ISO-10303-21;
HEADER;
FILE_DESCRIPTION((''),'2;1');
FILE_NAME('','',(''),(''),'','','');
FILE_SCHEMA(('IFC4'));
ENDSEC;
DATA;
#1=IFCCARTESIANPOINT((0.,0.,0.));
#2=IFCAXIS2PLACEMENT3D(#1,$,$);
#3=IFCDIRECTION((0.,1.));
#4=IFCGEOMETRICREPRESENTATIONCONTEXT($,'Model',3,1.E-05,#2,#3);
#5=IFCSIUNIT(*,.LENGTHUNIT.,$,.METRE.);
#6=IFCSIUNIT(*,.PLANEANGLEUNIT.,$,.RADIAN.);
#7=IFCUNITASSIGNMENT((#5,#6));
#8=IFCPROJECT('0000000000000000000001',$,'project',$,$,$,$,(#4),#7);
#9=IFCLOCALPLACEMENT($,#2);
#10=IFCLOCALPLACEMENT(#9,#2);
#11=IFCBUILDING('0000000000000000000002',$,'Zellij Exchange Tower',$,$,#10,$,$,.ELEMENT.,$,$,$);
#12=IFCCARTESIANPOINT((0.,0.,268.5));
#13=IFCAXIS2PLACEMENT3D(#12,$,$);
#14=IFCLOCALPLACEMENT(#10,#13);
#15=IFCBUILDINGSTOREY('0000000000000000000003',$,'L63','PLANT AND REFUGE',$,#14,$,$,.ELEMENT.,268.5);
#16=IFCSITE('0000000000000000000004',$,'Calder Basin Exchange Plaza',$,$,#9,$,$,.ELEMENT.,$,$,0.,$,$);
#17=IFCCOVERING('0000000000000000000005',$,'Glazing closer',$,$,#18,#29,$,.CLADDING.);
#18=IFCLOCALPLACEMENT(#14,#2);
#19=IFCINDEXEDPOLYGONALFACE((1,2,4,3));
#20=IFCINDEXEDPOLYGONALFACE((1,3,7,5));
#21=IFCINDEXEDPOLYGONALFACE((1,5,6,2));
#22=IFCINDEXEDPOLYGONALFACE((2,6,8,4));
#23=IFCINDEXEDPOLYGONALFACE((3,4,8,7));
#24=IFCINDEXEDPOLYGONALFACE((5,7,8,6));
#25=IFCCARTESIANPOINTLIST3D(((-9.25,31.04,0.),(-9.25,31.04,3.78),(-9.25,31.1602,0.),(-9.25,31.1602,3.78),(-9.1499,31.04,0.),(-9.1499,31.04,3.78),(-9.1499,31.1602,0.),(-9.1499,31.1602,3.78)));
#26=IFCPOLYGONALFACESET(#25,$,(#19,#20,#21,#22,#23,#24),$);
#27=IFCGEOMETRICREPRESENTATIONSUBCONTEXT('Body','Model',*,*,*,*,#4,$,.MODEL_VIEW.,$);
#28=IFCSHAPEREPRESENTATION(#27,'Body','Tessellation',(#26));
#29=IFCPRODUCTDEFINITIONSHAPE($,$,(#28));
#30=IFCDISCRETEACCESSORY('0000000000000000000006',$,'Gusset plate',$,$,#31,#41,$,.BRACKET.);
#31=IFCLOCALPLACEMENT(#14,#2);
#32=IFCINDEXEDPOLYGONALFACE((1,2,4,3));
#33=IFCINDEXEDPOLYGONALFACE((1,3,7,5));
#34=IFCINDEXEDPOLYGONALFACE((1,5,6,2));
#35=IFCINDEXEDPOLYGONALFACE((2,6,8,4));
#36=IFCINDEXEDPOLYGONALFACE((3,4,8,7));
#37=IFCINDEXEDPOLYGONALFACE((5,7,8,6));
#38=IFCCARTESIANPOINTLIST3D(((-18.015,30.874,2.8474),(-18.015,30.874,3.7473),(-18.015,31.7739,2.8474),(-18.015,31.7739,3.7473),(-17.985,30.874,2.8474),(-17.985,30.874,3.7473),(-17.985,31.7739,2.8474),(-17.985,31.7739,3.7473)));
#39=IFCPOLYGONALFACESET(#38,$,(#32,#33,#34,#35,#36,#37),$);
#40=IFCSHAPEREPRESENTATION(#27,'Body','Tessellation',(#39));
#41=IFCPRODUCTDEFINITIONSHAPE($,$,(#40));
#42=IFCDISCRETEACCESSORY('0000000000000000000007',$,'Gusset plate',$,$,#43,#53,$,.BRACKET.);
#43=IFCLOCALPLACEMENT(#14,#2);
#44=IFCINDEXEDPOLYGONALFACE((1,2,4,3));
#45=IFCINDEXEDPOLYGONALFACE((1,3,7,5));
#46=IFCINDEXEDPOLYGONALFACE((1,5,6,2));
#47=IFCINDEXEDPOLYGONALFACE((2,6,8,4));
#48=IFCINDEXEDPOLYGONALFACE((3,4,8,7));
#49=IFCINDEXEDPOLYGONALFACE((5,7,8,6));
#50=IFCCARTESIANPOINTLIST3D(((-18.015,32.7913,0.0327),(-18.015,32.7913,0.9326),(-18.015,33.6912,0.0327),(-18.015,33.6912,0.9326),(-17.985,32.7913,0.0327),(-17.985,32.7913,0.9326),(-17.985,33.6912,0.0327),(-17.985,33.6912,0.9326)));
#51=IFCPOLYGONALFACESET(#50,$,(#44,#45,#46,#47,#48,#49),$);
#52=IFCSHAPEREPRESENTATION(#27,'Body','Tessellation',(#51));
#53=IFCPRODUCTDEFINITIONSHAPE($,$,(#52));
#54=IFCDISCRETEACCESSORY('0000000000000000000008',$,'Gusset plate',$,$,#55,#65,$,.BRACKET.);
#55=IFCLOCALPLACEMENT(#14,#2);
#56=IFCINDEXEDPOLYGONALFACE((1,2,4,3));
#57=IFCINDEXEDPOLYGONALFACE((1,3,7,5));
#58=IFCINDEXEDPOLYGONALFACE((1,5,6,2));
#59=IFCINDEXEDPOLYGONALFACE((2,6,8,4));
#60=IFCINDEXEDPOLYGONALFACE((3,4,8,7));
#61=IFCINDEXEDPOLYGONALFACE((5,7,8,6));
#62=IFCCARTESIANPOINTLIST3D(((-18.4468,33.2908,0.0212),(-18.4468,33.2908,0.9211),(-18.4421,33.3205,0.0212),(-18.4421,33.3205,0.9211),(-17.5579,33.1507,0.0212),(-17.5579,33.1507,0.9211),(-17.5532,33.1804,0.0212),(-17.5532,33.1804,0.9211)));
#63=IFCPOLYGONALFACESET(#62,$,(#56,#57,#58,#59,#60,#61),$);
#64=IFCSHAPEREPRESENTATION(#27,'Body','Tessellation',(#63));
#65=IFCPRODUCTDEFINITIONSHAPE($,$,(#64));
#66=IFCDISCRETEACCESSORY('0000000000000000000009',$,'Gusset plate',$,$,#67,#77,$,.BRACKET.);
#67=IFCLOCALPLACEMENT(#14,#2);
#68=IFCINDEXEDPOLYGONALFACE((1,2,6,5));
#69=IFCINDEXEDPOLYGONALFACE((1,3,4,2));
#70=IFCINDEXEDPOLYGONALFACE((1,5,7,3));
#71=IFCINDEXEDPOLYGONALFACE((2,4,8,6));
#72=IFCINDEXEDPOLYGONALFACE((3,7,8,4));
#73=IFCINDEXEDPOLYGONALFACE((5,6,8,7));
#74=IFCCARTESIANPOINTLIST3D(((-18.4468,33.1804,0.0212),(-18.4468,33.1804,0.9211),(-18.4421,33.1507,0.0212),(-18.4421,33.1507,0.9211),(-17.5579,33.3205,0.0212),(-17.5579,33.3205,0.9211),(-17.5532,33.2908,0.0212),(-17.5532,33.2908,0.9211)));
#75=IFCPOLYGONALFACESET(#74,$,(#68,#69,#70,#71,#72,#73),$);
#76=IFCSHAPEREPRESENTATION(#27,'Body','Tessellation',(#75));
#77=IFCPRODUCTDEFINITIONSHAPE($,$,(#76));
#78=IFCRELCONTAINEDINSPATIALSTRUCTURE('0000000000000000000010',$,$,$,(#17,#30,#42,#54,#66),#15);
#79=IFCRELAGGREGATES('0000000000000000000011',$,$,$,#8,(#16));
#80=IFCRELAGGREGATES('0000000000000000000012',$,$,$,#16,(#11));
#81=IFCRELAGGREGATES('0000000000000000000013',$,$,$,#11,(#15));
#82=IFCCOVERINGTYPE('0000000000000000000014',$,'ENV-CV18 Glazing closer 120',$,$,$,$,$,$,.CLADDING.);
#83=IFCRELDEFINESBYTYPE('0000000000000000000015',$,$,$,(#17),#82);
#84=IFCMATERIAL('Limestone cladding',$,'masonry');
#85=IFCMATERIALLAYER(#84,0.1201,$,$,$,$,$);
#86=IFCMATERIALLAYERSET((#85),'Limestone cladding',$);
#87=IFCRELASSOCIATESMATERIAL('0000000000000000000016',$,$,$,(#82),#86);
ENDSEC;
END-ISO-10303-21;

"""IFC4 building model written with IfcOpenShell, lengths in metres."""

from ifc_helpers import new_model, si_unit, direction, frame, origin, origin_2d, place, context, subcontext, project, spatial, rectangle, extrude, material, layer, layer_set, type_object, element, save


model = new_model("IFC4")

# Units and contexts
model_context = context("Model", 3, precision=1e-05, world=origin(), true_north=direction((0.0, 1.0)))
body_context = subcontext(model_context, "Body", "Model", "MODEL_VIEW")
ifc_project = project(units=[si_unit("LENGTHUNIT", "METRE"), si_unit("PLANEANGLEUNIT", "RADIAN")], contexts=[model_context])

# Site, building, storey
site_placement = place(None, origin())
site = spatial("IfcSite", under=ifc_project, at=site_placement, Name="Calder Basin Exchange Plaza", CompositionType="ELEMENT", RefElevation=0.0)
building_placement = place(site_placement, origin())
building = spatial("IfcBuilding", under=site, at=building_placement, Name="Zellij Exchange Tower", CompositionType="ELEMENT")
storey_placement = place(building_placement, frame((0.0, 0.0, 268.5)))
storey = spatial("IfcBuildingStorey", under=building, at=storey_placement, Name="L63", Description="PLANT AND REFUGE", CompositionType="ELEMENT", Elevation=268.5)

# Covering
ifc_material_1 = material(Name="Limestone cladding", Category="masonry")
ifc_layer_1 = layer(ifc_material_1, 0.1201)
ifc_layer_set_1 = layer_set([ifc_layer_1], Name="Limestone cladding")
covering_type = type_object("IfcCoveringType", Name="ENV-CV18 Glazing closer 120", PredefinedType="CLADDING", material=ifc_layer_set_1)
covering_1_placement = place(storey_placement, frame((-9.2, 31.1001, 0.0), z_axis=(0.0, 0.0, 1.0), x_axis=(-1.0, 0.0, 0.0)))
element("IfcCovering", 1, at=covering_1_placement, inside=storey, type_object=covering_type, Name="Glazing closer", PredefinedType="CLADDING", context=body_context, shape_type="SweptSolid", body=[
    extrude(rectangle(XDim=0.1001, YDim=0.1201, at=origin_2d()), origin(), (0.0, 0.0, 1.0), 3.78),
])

# Discrete accessories
for number, where, z_axis, x_axis, name in (
    (2, (-18.0, 31.324, 2.8474), (0.0, 0.0, 1.0), (0.0, 1.0, 0.0), "Gusset plate"),
    (3, (-18.0, 33.2412, 0.0327), (0.0, 0.0, 1.0), (0.0, 1.0, 0.0), "Gusset plate"),
    (4, (-18.0, 33.2356, 0.0212), (0.0, 0.0, 1.0), (0.987801, -0.155721, 0.0), "Gusset plate"),
    (5, (-18.0, 33.2356, 0.0212), (0.0, 0.0, 1.0), (0.987801, 0.155721, 0.0), "Gusset plate"),
):
    element("IfcDiscreteAccessory", number, at=place(storey_placement, frame(where, z_axis=z_axis, x_axis=x_axis)), inside=storey, Name=name, PredefinedType="BRACKET", context=body_context, shape_type="SweptSolid", body=[
        extrude(rectangle(XDim=0.8999, YDim=0.03, at=origin_2d()), origin(), (0.0, 0.0, 1.0), 0.8999),
    ])

save(model, "model.ifc")
